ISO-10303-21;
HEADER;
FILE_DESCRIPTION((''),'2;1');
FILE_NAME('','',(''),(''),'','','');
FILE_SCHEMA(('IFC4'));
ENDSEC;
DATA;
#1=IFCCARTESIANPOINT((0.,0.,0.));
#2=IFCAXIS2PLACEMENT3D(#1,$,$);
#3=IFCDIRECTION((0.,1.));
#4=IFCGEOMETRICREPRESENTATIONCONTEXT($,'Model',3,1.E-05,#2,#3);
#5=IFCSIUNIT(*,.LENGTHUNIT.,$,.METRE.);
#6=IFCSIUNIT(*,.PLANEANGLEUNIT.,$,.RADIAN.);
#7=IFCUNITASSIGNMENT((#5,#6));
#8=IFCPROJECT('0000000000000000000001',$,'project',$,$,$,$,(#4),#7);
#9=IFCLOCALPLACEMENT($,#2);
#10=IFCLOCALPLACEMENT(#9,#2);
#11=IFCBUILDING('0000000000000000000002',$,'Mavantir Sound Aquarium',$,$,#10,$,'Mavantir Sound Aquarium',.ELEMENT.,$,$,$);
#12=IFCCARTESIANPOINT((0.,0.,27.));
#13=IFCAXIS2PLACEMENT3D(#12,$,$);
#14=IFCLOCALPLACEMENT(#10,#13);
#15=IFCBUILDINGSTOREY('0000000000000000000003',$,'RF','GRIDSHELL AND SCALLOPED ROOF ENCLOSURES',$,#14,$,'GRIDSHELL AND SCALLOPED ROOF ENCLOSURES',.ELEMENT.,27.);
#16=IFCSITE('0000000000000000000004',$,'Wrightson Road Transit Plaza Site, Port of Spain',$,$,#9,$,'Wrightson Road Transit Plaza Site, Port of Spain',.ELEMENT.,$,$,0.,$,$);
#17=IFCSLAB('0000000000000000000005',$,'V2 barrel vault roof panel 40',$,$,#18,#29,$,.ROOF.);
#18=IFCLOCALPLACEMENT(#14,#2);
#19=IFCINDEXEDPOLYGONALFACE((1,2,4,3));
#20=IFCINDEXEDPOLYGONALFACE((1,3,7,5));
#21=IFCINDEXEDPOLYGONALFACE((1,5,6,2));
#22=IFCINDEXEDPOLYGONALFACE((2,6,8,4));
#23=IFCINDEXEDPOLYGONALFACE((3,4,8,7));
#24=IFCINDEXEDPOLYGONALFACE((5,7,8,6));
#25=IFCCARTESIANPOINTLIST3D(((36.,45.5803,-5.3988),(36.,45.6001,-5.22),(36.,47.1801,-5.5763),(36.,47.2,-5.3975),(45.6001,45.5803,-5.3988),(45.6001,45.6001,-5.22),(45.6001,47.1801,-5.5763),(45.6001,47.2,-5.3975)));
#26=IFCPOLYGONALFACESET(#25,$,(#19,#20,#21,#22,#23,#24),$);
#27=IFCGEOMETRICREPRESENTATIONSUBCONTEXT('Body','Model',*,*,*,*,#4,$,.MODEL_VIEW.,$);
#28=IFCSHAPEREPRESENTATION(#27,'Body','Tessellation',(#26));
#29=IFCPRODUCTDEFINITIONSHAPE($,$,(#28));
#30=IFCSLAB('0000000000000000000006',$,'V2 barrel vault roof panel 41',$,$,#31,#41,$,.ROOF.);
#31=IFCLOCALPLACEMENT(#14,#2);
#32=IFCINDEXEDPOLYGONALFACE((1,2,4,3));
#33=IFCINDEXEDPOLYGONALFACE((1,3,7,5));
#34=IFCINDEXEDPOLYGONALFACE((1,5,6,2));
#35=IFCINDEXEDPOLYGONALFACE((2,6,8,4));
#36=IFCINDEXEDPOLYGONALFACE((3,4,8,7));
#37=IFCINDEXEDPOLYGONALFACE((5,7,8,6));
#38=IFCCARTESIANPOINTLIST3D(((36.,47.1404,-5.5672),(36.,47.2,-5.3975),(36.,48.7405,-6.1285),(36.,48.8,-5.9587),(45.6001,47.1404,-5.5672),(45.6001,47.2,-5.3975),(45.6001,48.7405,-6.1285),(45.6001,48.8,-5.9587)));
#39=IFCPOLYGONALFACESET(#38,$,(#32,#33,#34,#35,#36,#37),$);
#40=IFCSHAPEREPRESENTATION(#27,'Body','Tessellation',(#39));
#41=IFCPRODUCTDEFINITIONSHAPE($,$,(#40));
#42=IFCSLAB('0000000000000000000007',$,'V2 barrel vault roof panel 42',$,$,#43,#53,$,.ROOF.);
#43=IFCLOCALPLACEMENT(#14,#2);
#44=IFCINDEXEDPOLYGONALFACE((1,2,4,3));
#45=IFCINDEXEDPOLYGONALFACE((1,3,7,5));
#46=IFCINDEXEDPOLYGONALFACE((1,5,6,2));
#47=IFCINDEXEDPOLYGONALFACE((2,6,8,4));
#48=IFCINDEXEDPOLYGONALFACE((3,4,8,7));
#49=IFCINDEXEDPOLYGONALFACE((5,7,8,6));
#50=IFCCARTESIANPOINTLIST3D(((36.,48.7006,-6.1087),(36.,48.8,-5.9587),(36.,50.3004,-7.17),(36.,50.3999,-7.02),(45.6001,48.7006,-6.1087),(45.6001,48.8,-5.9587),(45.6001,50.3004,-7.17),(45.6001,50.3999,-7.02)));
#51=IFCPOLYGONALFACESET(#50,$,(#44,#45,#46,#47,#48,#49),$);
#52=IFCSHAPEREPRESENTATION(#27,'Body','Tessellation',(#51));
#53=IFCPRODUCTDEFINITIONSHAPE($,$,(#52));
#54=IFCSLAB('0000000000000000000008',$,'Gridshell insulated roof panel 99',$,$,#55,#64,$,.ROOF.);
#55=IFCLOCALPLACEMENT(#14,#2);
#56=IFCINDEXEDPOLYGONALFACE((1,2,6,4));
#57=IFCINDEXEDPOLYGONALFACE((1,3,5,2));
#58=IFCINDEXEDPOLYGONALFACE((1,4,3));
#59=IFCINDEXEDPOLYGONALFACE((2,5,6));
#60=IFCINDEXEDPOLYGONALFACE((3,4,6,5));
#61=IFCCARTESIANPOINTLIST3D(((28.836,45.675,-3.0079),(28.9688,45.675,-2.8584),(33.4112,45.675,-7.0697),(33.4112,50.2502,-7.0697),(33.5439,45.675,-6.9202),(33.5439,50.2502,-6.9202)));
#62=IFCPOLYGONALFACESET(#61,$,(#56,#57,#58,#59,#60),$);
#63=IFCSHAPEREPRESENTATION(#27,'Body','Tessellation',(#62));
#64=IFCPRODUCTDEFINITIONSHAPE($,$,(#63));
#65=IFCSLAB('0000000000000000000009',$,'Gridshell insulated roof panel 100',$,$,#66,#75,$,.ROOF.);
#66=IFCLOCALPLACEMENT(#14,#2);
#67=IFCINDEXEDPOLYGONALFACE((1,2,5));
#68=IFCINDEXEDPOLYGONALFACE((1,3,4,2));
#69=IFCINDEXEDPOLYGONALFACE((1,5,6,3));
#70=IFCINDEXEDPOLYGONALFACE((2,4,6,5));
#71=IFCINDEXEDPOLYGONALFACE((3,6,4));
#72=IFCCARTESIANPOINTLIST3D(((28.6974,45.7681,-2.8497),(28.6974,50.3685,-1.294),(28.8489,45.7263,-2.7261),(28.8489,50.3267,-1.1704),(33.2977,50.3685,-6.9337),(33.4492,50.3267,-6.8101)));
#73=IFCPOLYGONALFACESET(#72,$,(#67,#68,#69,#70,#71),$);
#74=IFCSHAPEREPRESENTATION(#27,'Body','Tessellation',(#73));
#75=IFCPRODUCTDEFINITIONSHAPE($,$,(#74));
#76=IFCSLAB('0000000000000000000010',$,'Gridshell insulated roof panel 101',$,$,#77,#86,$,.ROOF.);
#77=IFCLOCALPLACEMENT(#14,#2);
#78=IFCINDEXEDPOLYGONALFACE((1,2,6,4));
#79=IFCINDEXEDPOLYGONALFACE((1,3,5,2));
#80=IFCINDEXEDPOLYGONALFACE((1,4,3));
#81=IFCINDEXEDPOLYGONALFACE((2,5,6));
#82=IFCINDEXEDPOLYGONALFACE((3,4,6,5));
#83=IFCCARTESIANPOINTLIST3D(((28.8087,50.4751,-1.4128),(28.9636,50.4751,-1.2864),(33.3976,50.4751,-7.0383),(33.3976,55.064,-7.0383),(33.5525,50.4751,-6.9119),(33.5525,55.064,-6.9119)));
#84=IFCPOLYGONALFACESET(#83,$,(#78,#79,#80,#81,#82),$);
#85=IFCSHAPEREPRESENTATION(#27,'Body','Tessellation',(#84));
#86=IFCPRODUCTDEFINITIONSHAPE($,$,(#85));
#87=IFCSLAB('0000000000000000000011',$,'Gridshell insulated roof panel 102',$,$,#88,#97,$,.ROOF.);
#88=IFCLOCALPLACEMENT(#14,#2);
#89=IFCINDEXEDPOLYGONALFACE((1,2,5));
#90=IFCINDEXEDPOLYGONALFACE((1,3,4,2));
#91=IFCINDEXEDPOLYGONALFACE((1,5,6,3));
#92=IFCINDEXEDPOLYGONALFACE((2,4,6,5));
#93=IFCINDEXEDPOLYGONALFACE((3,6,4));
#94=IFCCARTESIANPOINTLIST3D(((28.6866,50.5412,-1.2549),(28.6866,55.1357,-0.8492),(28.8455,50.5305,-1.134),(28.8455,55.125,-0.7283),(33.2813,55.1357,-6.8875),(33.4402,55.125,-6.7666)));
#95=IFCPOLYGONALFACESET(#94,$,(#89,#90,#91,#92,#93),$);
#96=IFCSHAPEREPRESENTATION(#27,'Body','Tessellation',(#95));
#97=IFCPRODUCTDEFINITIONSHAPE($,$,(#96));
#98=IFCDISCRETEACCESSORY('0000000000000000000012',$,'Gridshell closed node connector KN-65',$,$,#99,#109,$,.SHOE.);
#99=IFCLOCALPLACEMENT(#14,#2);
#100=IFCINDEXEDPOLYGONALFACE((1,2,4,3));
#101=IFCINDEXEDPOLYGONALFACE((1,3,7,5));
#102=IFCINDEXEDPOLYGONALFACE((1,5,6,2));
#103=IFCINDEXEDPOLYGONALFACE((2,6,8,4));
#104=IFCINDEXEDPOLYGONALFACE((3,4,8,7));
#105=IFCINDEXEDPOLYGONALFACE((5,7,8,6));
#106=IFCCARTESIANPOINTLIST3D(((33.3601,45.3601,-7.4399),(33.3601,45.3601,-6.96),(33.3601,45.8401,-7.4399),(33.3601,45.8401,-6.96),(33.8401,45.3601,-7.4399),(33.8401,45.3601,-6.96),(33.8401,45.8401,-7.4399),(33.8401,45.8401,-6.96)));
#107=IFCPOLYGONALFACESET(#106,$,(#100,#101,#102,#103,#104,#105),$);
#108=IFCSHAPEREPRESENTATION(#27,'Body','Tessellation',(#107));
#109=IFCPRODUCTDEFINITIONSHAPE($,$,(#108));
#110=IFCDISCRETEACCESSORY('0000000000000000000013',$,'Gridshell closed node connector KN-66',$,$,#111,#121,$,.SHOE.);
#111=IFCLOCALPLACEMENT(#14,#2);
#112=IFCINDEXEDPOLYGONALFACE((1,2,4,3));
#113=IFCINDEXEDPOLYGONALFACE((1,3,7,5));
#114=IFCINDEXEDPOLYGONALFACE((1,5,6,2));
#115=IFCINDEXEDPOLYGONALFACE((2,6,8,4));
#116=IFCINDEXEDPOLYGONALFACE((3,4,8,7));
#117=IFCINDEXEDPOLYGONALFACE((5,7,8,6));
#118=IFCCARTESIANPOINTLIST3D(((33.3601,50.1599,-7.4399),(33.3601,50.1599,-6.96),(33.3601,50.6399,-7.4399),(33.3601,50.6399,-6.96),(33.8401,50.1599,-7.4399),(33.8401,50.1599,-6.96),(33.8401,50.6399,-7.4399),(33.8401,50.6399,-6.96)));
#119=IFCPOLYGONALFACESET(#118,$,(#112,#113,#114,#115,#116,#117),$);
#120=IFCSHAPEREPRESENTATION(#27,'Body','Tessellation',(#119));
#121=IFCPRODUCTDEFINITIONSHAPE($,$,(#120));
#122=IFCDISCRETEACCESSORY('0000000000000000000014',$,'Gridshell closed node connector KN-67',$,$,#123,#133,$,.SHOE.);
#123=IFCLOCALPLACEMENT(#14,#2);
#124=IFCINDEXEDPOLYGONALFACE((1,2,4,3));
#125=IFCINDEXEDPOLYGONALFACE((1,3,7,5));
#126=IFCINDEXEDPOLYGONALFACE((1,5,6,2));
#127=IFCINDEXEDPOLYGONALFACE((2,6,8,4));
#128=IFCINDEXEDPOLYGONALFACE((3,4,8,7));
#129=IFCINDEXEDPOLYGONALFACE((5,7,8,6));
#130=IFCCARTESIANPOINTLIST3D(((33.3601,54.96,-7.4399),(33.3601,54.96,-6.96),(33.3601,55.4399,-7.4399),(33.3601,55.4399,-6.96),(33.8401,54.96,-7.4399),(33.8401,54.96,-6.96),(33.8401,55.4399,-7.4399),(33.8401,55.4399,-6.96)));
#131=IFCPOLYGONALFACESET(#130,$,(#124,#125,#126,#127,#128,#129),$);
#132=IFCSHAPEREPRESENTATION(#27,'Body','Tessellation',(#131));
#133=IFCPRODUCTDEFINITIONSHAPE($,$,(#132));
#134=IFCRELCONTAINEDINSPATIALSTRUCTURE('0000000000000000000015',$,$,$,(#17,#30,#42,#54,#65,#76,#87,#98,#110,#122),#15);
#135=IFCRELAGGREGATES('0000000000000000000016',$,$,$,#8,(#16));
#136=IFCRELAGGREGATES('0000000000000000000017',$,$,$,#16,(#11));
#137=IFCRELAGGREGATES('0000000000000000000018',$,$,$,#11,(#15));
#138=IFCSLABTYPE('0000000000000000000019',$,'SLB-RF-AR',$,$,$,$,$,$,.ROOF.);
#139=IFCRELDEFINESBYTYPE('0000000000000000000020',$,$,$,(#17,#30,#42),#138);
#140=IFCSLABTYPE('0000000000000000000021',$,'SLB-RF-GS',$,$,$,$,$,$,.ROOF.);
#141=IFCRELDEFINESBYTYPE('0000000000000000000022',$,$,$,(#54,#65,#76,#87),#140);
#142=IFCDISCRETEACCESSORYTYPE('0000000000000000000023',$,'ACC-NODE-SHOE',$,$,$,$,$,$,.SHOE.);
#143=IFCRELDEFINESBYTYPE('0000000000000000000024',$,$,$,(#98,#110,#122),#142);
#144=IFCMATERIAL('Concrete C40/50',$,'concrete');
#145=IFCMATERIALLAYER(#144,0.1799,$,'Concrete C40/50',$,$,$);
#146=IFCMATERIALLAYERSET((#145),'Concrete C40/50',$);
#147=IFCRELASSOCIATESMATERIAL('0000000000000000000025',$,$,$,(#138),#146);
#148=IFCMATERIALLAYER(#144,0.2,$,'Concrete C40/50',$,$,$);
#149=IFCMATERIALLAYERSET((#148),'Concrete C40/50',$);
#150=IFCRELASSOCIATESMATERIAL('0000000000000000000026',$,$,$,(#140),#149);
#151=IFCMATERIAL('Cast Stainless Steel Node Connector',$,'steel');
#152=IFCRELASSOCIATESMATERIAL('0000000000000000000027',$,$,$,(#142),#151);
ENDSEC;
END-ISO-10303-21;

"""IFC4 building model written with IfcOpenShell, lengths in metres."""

from ifc_helpers import new_model, si_unit, direction, frame, origin, origin_2d, place, context, subcontext, project, spatial, polyline, rectangle, outline, extrude, material, layer, layer_set, type_object, element, save


model = new_model("IFC4")

# Units and contexts
model_context = context("Model", 3, precision=1e-05, world=origin(), true_north=direction((0.0, 1.0)))
body_context = subcontext(model_context, "Body", "Model", "MODEL_VIEW")
ifc_project = project(units=[si_unit("LENGTHUNIT", "METRE"), si_unit("PLANEANGLEUNIT", "RADIAN")], contexts=[model_context])

# Site, building, storey
site_placement = place(None, origin())
site = spatial("IfcSite", under=ifc_project, at=site_placement, Name="Wrightson Road Transit Plaza Site, Port of Spain", LongName="Wrightson Road Transit Plaza Site, Port of Spain", CompositionType="ELEMENT", RefElevation=0.0)
building_placement = place(site_placement, origin())
building = spatial("IfcBuilding", under=site, at=building_placement, Name="Mavantir Sound Aquarium", LongName="Mavantir Sound Aquarium", CompositionType="ELEMENT")
storey_placement = place(building_placement, frame((0.0, 0.0, 27.0)))
storey = spatial("IfcBuildingStorey", under=building, at=storey_placement, Name="RF", Description="GRIDSHELL AND SCALLOPED ROOF ENCLOSURES", LongName="GRIDSHELL AND SCALLOPED ROOF ENCLOSURES", CompositionType="ELEMENT", Elevation=27.0)

# Slabs
ifc_material_1 = material(Name="Concrete C40/50", Category="concrete")
ifc_layer_1 = layer(ifc_material_1, 0.1799, Name="Concrete C40/50")
ifc_layer_set_1 = layer_set([ifc_layer_1], Name="Concrete C40/50")
slab_type_1 = type_object("IfcSlabType", Name="SLB-RF-AR", PredefinedType="ROOF", material=ifc_layer_set_1)
slab_1_placement = place(storey_placement, frame((36.0, 45.6001, -5.22), z_axis=(0.0, 0.110265, 0.993902), x_axis=(1.0, 0.0, 0.0)))
element("IfcSlab", 1, at=slab_1_placement, inside=storey, type_object=slab_type_1, Name="V2 barrel vault roof panel 40", PredefinedType="ROOF", context=body_context, shape_type="SweptSolid", body=[
    extrude(outline(polyline([(0.0, 0.0), (9.6001, 0.0), (9.6001, 1.6097), (0.0, 1.6097), (0.0, 0.0)])), origin(), (0.0, 0.0, -1.0), 0.1799),
])
slab_2_placement = place(storey_placement, frame((36.0, 47.2, -5.3975), z_axis=(0.0, 0.331004, 0.943629), x_axis=(1.0, 0.0, 0.0)))
element("IfcSlab", 2, at=slab_2_placement, inside=storey, type_object=slab_type_1, Name="V2 barrel vault roof panel 41", PredefinedType="ROOF", context=body_context, shape_type="SweptSolid", body=[
    extrude(outline(polyline([(0.0, 0.0), (9.6001, 0.0), (9.6001, 1.6957), (0.0, 1.6957), (0.0, 0.0)])), origin(), (0.0, 0.0, -1.0), 0.1799),
])
slab_3_placement = place(storey_placement, frame((36.0, 48.8, -5.9587), z_axis=(0.0, 0.552791, 0.83332), x_axis=(1.0, 0.0, 0.0)))
element("IfcSlab", 3, at=slab_3_placement, inside=storey, type_object=slab_type_1, Name="V2 barrel vault roof panel 42", PredefinedType="ROOF", context=body_context, shape_type="SweptSolid", body=[
    extrude(outline(polyline([(0.0, 0.0), (9.6001, 0.0), (9.6001, 1.9199), (0.0, 1.9199), (0.0, 0.0)])), origin(), (0.0, 0.0, -1.0), 0.1799),
])
ifc_layer_2 = layer(ifc_material_1, 0.2, Name="Concrete C40/50")
ifc_layer_set_2 = layer_set([ifc_layer_2], Name="Concrete C40/50")
slab_type_2 = type_object("IfcSlabType", Name="SLB-RF-GS", PredefinedType="ROOF", material=ifc_layer_set_2)
slab_4_placement = place(storey_placement, frame((28.9688, 45.675, -2.8584), z_axis=(0.663901, 0.0, 0.747821), x_axis=(0.747821, 0.0, -0.663901)))
element("IfcSlab", 4, at=slab_4_placement, inside=storey, type_object=slab_type_2, Name="Gridshell insulated roof panel 99", PredefinedType="ROOF", context=body_context, shape_type="SweptSolid", body=[
    extrude(outline(polyline([(0.0, 0.0), (6.118, 0.0), (6.118, 4.5752), (0.0, 0.0)])), origin(), (0.0, 0.0, -1.0), 0.2),
])
slab_5_placement = place(storey_placement, frame((28.8489, 45.7263, -2.7261), z_axis=(0.757776, -0.209028, 0.618129), x_axis=(0.598887, 0.598887, -0.531666)))
element("IfcSlab", 5, at=slab_5_placement, inside=storey, type_object=slab_type_2, Name="Gridshell insulated roof panel 100", PredefinedType="ROOF", context=body_context, shape_type="SweptSolid", body=[
    extrude(outline(polyline([(0.0, 0.0), (7.6815, 0.0), (1.928, 4.4571), (0.0, 0.0)])), origin(), (0.0, 0.0, -1.0), 0.2),
])
slab_6_placement = place(storey_placement, frame((28.9636, 50.4751, -1.2864), z_axis=(0.774888, 0.0, 0.632098), x_axis=(0.632098, 0.0, -0.774888)))
element("IfcSlab", 6, at=slab_6_placement, inside=storey, type_object=slab_type_2, Name="Gridshell insulated roof panel 101", PredefinedType="ROOF", context=body_context, shape_type="SweptSolid", body=[
    extrude(outline(polyline([(0.0, 0.0), (7.2597, 0.0), (7.2597, 4.5889), (0.0, 0.0)])), origin(), (0.0, 0.0, -1.0), 0.2),
])
slab_7_placement = place(storey_placement, frame((28.8455, 50.5305, -1.134), z_axis=(0.794671, -0.053403, 0.604687), x_axis=(0.534319, 0.534291, -0.655009)))
element("IfcSlab", 7, at=slab_7_placement, inside=storey, type_object=slab_type_2, Name="Gridshell insulated roof panel 102", PredefinedType="ROOF", context=body_context, shape_type="SweptSolid", body=[
    extrude(outline(polyline([(0.0, 0.0), (8.5992, 0.0), (2.189, 4.0598), (0.0, 0.0)])), origin(), (0.0, 0.0, -1.0), 0.2),
])

# Discrete accessories
ifc_material_2 = material(Name="Cast Stainless Steel Node Connector", Category="steel")
discrete_accessory_type = type_object("IfcDiscreteAccessoryType", Name="ACC-NODE-SHOE", PredefinedType="SHOE", material=ifc_material_2)
for number, where, z_axis, x_axis, name in (
    (8, (33.6001, 45.6001, -7.4399), (0.0, 0.0, 1.0), (1.0, 0.0, 0.0), "Gridshell closed node connector KN-65"),
    (9, (33.6001, 50.3999, -7.4399), (0.0, 0.0, 1.0), (1.0, 0.0, 0.0), "Gridshell closed node connector KN-66"),
    (10, (33.6001, 55.2, -7.4399), (0.0, 0.0, 1.0), (1.0, 0.0, 0.0), "Gridshell closed node connector KN-67"),
):
    element("IfcDiscreteAccessory", number, at=place(storey_placement, frame(where, z_axis=z_axis, x_axis=x_axis)), inside=storey, type_object=discrete_accessory_type, Name=name, PredefinedType="SHOE", context=body_context, shape_type="SweptSolid", body=[
        extrude(rectangle(XDim=0.48, YDim=0.48, at=origin_2d()), origin(), (0.0, 0.0, 1.0), 0.48),
    ])

save(model, "model.ifc")
